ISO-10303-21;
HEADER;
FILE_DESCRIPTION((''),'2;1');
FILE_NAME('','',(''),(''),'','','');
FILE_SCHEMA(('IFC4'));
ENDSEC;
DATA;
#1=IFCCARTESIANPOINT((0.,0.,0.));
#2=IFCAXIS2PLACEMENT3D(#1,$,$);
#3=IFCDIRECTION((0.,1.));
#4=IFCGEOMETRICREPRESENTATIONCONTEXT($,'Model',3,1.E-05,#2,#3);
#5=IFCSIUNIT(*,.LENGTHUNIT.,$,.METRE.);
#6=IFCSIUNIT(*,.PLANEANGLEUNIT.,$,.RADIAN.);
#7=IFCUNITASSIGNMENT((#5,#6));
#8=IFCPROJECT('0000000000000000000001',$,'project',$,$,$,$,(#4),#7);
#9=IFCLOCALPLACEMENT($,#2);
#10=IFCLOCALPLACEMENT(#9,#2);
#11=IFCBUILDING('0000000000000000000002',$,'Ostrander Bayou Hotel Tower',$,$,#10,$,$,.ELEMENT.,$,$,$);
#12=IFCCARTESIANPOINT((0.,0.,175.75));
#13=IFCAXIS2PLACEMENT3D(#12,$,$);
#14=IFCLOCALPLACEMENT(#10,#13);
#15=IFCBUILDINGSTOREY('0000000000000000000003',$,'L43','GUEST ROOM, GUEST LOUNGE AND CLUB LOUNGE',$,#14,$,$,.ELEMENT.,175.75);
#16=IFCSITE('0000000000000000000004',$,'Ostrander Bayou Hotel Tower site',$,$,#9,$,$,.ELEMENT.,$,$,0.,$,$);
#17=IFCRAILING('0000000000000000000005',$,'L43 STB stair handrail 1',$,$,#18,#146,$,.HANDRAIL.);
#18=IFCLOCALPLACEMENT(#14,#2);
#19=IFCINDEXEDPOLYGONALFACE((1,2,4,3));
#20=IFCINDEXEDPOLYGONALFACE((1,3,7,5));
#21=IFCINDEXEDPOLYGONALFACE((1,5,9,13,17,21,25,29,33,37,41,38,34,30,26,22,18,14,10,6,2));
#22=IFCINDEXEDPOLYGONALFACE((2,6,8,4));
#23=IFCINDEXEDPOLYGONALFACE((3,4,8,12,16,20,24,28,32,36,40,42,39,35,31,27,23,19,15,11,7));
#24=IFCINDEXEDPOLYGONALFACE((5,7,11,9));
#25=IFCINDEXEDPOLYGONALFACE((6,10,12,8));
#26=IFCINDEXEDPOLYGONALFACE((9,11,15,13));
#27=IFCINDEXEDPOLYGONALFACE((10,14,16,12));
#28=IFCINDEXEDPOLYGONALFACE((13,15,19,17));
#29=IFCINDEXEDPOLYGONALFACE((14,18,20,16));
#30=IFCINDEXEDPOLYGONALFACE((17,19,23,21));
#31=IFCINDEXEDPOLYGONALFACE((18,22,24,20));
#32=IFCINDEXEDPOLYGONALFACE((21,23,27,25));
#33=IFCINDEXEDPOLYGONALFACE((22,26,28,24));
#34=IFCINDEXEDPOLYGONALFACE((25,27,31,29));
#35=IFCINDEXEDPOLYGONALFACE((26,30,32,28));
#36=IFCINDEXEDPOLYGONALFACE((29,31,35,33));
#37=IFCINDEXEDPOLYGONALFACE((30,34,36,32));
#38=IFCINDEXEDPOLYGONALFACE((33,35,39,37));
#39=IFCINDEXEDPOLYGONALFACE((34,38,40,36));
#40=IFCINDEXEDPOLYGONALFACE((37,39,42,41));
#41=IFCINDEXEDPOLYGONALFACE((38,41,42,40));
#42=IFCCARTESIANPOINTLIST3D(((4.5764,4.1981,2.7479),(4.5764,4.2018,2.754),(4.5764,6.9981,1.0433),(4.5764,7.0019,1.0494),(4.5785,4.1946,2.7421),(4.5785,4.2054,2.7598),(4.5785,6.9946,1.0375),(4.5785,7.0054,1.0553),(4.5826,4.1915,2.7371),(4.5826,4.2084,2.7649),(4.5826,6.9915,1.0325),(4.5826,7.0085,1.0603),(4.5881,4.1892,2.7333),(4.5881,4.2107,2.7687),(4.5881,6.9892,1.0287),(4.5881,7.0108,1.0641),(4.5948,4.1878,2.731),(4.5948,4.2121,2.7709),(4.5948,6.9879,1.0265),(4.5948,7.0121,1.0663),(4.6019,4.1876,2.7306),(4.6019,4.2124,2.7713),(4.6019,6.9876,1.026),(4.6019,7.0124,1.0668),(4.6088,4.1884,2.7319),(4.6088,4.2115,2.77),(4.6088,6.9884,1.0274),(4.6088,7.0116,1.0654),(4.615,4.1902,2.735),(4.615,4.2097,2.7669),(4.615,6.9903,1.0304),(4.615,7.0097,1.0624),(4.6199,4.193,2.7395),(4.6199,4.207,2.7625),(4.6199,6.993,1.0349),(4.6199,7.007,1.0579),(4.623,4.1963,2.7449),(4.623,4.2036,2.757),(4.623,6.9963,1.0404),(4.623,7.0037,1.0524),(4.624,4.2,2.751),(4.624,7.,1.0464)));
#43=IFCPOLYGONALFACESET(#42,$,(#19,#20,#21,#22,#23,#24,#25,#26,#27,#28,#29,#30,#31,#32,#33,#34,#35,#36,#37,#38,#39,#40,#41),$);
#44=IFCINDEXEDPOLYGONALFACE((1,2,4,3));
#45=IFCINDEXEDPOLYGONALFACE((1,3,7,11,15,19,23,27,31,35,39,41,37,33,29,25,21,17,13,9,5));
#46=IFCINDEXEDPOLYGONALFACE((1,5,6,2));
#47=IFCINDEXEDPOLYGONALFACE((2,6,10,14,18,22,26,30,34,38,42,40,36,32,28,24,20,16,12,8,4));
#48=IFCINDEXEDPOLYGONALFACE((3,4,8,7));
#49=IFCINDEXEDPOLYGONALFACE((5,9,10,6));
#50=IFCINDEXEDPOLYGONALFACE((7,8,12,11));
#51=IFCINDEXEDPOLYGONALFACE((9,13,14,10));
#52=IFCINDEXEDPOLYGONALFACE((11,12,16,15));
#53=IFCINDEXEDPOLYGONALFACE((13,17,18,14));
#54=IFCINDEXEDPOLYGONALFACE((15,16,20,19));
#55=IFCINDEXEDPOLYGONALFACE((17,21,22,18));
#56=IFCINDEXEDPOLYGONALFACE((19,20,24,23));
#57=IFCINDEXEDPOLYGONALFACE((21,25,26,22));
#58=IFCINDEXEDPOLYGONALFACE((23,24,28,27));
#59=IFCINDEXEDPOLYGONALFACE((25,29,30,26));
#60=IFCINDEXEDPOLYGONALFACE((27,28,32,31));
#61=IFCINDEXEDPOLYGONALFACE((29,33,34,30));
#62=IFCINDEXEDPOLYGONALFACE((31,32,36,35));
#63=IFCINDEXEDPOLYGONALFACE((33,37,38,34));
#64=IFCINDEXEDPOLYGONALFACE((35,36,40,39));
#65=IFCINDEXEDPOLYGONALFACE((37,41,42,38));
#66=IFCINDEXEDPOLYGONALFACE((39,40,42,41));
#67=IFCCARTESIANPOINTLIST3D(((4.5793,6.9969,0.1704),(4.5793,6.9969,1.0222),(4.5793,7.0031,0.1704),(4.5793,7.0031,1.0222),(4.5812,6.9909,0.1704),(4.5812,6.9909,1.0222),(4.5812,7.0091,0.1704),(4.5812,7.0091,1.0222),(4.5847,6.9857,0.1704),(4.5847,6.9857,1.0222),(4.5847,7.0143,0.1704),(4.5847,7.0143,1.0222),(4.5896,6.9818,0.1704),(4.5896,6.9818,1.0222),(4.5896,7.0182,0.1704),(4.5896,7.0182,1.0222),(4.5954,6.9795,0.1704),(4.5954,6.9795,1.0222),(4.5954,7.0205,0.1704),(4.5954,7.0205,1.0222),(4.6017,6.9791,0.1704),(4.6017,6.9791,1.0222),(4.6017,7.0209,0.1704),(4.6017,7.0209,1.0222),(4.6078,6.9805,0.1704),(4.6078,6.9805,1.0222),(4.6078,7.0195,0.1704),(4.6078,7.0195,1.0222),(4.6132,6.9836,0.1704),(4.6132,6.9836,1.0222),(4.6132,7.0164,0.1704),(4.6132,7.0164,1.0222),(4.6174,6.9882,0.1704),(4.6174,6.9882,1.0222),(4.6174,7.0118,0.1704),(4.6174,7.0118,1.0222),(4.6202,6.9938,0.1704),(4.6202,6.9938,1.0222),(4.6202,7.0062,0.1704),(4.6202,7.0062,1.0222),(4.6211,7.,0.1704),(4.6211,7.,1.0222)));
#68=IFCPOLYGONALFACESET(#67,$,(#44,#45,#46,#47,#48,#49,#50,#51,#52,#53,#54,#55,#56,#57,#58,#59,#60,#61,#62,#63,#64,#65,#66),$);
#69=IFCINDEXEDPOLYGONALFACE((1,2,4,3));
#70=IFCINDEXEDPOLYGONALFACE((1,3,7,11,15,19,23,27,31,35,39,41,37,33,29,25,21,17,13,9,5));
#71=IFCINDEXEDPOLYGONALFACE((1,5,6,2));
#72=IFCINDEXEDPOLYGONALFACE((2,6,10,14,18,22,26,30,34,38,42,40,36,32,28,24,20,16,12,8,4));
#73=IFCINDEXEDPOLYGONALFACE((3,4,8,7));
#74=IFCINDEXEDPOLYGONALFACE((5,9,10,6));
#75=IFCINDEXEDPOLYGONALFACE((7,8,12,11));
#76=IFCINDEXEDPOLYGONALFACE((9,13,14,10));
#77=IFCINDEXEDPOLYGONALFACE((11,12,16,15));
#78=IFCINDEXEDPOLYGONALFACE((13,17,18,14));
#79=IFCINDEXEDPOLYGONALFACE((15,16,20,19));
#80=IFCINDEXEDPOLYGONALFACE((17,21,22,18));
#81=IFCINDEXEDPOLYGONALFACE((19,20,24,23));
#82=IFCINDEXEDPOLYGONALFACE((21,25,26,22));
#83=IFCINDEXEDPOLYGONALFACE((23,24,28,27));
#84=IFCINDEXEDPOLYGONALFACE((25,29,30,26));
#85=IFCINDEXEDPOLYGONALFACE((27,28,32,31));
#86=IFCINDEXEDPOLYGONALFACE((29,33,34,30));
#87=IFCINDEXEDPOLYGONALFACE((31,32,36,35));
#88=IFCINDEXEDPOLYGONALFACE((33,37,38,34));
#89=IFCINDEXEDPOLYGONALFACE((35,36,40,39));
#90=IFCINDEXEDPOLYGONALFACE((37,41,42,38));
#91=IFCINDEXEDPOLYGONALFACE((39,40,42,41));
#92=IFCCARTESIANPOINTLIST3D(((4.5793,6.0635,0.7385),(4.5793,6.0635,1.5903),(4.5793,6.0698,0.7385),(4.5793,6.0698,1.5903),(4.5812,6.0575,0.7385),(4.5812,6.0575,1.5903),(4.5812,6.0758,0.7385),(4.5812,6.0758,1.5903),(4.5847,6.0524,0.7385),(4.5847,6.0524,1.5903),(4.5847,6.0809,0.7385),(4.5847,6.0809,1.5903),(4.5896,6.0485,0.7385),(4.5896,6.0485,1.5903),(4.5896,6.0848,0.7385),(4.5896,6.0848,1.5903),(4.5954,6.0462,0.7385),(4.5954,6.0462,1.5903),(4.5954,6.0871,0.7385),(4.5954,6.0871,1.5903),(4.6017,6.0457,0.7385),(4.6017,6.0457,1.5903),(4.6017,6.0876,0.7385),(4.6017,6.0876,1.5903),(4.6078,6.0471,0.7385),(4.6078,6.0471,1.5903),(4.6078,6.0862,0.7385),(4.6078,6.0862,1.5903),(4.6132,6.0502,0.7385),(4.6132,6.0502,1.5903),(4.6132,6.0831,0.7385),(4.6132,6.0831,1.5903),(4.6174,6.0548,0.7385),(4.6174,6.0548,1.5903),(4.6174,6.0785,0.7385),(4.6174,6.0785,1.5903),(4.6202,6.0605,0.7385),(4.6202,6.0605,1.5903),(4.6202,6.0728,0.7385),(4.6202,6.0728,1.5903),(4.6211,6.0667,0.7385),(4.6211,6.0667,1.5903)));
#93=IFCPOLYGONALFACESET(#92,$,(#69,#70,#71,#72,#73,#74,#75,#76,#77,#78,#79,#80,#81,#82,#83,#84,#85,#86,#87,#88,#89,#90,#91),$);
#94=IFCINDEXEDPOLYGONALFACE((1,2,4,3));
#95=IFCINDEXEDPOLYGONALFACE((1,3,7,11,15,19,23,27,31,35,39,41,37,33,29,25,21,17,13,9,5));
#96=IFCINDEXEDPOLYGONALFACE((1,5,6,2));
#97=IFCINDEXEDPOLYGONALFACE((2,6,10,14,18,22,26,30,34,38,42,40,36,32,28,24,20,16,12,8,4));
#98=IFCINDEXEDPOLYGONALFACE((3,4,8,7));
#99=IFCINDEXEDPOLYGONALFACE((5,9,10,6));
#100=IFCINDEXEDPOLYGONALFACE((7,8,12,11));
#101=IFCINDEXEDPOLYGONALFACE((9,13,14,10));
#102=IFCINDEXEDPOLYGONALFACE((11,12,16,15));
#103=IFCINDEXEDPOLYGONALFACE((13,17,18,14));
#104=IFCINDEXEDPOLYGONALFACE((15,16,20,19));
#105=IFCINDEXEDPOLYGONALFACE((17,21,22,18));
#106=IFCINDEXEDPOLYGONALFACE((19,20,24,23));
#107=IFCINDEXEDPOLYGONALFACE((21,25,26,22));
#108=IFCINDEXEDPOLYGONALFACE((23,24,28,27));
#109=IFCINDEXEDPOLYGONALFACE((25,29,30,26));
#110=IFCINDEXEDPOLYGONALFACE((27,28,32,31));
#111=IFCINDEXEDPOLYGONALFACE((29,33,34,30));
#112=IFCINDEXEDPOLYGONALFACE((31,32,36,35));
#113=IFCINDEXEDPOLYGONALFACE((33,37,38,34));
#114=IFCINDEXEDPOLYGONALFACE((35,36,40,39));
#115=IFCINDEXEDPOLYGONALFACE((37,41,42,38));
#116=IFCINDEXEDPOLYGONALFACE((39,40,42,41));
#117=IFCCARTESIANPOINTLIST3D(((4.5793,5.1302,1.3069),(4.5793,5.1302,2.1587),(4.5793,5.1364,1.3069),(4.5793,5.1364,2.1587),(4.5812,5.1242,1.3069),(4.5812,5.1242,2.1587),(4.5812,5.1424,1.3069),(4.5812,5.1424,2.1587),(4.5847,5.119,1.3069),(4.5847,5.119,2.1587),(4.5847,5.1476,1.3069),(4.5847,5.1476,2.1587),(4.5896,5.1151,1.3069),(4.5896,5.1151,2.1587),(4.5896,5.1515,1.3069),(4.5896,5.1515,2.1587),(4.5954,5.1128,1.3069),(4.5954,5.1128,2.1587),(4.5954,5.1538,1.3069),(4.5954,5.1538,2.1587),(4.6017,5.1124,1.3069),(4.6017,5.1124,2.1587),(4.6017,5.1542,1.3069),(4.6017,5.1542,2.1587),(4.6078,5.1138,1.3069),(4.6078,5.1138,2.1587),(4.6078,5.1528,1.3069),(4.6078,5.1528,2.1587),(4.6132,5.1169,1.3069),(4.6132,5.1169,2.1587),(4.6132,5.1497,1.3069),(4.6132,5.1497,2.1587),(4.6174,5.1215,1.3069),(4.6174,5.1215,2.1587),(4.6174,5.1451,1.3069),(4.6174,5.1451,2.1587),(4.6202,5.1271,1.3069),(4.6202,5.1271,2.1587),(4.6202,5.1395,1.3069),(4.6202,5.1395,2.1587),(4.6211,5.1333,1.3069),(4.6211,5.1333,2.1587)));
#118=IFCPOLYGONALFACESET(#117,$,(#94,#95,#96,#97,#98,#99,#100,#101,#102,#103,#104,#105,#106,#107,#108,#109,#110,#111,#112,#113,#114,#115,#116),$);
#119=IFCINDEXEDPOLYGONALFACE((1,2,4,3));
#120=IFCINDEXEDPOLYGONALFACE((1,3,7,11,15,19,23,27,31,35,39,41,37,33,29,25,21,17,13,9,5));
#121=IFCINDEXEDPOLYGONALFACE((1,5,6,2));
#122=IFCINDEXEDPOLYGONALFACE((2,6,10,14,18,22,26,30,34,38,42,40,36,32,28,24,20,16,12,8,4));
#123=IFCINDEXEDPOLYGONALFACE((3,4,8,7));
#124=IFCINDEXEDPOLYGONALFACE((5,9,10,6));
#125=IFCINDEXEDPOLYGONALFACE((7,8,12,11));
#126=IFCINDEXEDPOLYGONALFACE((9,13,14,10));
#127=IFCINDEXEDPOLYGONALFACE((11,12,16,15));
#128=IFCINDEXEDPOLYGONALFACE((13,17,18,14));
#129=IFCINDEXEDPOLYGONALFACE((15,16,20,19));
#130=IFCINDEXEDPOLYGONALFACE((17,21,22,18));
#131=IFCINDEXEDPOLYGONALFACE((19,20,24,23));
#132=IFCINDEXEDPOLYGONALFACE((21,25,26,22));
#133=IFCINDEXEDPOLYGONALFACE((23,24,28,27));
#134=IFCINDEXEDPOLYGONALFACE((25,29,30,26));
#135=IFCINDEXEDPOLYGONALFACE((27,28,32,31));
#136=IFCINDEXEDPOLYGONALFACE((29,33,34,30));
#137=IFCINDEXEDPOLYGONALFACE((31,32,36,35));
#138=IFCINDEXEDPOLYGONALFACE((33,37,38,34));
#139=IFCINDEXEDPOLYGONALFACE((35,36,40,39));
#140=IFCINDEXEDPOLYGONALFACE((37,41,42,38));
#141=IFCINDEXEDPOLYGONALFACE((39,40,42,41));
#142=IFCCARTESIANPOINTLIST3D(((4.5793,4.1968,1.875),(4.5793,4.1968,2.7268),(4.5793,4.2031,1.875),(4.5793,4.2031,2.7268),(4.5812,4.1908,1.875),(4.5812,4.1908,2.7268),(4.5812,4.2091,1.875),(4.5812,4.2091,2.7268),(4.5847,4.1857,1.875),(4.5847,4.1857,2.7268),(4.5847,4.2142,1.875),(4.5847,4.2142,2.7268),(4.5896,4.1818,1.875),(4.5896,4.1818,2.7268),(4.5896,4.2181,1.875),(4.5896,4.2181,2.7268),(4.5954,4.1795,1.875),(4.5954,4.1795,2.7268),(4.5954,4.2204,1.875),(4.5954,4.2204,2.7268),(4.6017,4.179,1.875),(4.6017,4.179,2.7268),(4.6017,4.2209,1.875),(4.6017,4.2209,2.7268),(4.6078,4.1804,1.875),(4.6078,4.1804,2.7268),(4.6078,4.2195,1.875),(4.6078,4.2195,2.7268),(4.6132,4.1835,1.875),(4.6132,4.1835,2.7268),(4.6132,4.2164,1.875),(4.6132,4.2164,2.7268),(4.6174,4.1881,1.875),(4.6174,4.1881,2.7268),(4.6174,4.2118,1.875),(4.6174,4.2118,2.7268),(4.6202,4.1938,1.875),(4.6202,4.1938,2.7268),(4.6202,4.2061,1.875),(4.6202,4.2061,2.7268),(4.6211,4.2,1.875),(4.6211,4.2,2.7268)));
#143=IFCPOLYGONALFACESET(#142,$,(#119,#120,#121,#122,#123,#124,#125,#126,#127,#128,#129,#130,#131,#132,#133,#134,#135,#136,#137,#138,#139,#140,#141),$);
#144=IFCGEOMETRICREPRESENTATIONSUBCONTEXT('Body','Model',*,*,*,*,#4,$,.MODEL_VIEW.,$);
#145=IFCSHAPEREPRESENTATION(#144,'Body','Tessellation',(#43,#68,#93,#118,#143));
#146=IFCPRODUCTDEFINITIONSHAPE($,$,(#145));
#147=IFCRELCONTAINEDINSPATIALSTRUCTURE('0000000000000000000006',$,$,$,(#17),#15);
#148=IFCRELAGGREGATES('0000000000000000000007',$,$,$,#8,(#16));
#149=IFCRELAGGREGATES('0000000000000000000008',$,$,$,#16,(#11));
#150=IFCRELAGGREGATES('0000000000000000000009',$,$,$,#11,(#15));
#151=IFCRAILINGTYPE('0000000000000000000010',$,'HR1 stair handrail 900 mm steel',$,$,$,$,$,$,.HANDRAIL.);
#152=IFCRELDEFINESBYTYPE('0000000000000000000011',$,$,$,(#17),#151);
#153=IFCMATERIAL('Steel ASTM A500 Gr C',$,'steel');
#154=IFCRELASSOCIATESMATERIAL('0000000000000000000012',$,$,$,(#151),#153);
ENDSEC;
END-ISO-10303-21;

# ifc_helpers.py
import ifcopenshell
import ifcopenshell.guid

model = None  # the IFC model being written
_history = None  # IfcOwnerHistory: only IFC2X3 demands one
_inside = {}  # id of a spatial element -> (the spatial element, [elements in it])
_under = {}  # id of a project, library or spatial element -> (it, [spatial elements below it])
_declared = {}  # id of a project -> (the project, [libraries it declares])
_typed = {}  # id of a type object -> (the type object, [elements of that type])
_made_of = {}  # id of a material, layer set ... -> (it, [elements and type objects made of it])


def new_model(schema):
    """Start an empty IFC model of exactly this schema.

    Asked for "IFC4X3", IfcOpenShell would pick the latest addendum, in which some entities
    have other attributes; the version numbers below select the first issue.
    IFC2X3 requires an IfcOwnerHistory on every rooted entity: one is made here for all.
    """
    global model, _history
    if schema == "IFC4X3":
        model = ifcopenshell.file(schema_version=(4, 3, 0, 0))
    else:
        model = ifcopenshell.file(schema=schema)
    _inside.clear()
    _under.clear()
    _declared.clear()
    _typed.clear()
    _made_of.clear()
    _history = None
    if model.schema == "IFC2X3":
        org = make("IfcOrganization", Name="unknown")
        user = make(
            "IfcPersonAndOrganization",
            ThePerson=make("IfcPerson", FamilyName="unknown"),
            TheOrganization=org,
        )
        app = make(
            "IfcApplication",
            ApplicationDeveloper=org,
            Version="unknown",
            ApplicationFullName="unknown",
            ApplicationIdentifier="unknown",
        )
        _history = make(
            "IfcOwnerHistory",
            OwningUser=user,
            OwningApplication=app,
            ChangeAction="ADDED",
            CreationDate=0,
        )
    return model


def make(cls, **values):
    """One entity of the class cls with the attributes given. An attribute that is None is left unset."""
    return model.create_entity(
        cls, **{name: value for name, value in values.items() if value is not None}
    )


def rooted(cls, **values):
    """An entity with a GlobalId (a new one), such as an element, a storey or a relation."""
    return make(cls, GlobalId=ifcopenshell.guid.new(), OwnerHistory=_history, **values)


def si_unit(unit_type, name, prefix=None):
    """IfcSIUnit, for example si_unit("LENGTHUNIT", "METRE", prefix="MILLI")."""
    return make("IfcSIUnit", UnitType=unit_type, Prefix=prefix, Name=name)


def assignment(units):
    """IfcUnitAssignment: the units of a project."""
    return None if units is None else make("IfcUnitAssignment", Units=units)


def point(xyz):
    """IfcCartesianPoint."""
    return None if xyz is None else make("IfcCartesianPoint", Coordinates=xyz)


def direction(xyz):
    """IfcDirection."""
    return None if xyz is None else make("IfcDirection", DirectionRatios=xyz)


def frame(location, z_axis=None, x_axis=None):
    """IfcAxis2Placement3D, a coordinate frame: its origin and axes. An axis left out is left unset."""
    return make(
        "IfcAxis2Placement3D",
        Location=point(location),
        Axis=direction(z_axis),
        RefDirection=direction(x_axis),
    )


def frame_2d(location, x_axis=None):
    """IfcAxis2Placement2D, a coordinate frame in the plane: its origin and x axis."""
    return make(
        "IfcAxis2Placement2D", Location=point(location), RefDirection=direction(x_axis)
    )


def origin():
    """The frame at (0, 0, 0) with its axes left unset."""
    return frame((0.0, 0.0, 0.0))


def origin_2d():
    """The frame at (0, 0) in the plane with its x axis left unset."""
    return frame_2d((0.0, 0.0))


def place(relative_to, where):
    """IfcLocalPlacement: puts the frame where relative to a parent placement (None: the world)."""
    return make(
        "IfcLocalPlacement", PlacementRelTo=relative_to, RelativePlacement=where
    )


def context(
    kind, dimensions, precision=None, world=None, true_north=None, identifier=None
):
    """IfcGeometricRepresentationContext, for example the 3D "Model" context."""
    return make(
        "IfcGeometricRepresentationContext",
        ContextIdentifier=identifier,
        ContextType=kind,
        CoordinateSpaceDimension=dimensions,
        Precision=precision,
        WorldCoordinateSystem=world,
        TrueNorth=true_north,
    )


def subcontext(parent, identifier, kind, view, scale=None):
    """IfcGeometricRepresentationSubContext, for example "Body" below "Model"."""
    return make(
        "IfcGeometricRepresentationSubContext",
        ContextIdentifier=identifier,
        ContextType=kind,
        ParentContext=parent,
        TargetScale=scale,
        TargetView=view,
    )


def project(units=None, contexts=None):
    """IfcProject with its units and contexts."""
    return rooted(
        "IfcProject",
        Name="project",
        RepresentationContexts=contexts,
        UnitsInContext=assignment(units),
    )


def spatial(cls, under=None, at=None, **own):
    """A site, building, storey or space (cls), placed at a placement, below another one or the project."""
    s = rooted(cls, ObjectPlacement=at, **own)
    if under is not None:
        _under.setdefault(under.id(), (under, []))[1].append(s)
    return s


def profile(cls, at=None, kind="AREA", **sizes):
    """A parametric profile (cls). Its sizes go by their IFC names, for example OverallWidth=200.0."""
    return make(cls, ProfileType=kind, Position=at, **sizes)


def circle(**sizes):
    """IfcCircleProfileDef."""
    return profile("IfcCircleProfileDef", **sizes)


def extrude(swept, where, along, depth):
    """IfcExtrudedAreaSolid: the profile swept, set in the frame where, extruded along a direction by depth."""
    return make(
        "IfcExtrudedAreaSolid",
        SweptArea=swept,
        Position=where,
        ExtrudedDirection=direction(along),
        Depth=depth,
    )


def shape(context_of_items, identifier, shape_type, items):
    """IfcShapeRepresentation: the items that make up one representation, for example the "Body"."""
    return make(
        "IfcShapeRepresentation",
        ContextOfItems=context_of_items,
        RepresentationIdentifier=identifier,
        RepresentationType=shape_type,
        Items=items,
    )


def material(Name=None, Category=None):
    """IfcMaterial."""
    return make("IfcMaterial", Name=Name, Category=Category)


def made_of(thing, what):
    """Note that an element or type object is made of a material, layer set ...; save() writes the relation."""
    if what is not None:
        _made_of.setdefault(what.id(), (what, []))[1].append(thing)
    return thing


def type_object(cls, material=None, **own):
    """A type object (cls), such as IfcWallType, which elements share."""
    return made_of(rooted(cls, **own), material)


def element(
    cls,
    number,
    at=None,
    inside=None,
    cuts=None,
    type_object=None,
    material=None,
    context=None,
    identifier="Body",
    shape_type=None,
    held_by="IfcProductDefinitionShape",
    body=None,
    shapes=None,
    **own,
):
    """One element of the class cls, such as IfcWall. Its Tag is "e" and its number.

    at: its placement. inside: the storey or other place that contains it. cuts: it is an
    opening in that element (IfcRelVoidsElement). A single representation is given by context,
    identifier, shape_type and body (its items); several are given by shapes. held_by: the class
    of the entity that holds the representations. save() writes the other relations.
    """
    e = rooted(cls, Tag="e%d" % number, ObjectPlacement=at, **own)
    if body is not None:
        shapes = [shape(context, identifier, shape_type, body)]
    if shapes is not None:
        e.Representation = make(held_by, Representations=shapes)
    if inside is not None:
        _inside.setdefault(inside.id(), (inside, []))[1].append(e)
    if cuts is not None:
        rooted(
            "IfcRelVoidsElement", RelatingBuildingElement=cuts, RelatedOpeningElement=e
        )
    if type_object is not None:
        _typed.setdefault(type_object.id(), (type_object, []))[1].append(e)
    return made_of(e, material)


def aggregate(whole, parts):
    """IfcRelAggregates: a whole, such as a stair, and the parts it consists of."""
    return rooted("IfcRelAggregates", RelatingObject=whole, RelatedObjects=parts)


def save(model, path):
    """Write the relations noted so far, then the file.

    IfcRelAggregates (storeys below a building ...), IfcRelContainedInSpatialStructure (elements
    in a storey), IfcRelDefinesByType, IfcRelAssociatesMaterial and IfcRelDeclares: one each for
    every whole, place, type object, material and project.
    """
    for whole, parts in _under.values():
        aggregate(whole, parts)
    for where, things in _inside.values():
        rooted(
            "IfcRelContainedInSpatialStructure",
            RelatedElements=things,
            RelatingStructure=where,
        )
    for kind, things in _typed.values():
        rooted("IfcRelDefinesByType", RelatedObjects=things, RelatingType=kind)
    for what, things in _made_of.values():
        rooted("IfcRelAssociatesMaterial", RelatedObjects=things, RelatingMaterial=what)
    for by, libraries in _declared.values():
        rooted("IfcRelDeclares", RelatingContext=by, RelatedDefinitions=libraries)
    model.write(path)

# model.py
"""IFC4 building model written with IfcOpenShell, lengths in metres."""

from ifc_helpers import new_model, si_unit, direction, frame, origin, origin_2d, place, context, subcontext, project, spatial, circle, extrude, material, type_object, element, save


model = new_model("IFC4")

# Units and contexts
model_context = context("Model", 3, precision=1e-05, world=origin(), true_north=direction((0.0, 1.0)))
body_context = subcontext(model_context, "Body", "Model", "MODEL_VIEW")
ifc_project = project(units=[si_unit("LENGTHUNIT", "METRE"), si_unit("PLANEANGLEUNIT", "RADIAN")], contexts=[model_context])

# Site, building, storey
site_placement = place(None, origin())
site = spatial("IfcSite", under=ifc_project, at=site_placement, Name="Ostrander Bayou Hotel Tower site", CompositionType="ELEMENT", RefElevation=0.0)
building_placement = place(site_placement, origin())
building = spatial("IfcBuilding", under=site, at=building_placement, Name="Ostrander Bayou Hotel Tower", CompositionType="ELEMENT")
storey_placement = place(building_placement, frame((0.0, 0.0, 175.75)))
storey = spatial("IfcBuildingStorey", under=building, at=storey_placement, Name="L43", Description="GUEST ROOM, GUEST LOUNGE AND CLUB LOUNGE", CompositionType="ELEMENT", Elevation=175.75)

# Railing
ifc_material_1 = material(Name="Steel ASTM A500 Gr C", Category="steel")
railing_type_1 = type_object("IfcRailingType", Name="HR1 stair handrail 900 mm steel", PredefinedType="HANDRAIL", material=ifc_material_1)
railing_1_placement = place(storey_placement, frame((4.6001, 7.0, 0.1704)))
element("IfcRailing", 1, at=railing_1_placement, inside=storey, type_object=railing_type_1, Name="L43 STB stair handrail 1", PredefinedType="HANDRAIL", context=body_context, shape_type="SweptSolid", body=[
    extrude(circle(Radius=0.0239, at=origin_2d()), frame((0.0, 0.0, 0.876), z_axis=(0.0, -0.85417, 0.519994), x_axis=(1.0, 0.0, 0.0)), (0.0, 0.0, 1.0), 3.2781),
    extrude(circle(Radius=0.021, at=origin_2d()), origin(), (0.0, 0.0, 1.0), 0.8518),
    extrude(circle(Radius=0.021, at=origin_2d()), frame((0.0, -0.9333, 0.5681)), (0.0, 0.0, 1.0), 0.8518),
    extrude(circle(Radius=0.021, at=origin_2d()), frame((0.0, -1.8667, 1.1365)), (0.0, 0.0, 1.0), 0.8518),
    extrude(circle(Radius=0.021, at=origin_2d()), frame((0.0, -2.8, 1.7046)), (0.0, 0.0, 1.0), 0.8518),
])

save(model, "model.ifc")
